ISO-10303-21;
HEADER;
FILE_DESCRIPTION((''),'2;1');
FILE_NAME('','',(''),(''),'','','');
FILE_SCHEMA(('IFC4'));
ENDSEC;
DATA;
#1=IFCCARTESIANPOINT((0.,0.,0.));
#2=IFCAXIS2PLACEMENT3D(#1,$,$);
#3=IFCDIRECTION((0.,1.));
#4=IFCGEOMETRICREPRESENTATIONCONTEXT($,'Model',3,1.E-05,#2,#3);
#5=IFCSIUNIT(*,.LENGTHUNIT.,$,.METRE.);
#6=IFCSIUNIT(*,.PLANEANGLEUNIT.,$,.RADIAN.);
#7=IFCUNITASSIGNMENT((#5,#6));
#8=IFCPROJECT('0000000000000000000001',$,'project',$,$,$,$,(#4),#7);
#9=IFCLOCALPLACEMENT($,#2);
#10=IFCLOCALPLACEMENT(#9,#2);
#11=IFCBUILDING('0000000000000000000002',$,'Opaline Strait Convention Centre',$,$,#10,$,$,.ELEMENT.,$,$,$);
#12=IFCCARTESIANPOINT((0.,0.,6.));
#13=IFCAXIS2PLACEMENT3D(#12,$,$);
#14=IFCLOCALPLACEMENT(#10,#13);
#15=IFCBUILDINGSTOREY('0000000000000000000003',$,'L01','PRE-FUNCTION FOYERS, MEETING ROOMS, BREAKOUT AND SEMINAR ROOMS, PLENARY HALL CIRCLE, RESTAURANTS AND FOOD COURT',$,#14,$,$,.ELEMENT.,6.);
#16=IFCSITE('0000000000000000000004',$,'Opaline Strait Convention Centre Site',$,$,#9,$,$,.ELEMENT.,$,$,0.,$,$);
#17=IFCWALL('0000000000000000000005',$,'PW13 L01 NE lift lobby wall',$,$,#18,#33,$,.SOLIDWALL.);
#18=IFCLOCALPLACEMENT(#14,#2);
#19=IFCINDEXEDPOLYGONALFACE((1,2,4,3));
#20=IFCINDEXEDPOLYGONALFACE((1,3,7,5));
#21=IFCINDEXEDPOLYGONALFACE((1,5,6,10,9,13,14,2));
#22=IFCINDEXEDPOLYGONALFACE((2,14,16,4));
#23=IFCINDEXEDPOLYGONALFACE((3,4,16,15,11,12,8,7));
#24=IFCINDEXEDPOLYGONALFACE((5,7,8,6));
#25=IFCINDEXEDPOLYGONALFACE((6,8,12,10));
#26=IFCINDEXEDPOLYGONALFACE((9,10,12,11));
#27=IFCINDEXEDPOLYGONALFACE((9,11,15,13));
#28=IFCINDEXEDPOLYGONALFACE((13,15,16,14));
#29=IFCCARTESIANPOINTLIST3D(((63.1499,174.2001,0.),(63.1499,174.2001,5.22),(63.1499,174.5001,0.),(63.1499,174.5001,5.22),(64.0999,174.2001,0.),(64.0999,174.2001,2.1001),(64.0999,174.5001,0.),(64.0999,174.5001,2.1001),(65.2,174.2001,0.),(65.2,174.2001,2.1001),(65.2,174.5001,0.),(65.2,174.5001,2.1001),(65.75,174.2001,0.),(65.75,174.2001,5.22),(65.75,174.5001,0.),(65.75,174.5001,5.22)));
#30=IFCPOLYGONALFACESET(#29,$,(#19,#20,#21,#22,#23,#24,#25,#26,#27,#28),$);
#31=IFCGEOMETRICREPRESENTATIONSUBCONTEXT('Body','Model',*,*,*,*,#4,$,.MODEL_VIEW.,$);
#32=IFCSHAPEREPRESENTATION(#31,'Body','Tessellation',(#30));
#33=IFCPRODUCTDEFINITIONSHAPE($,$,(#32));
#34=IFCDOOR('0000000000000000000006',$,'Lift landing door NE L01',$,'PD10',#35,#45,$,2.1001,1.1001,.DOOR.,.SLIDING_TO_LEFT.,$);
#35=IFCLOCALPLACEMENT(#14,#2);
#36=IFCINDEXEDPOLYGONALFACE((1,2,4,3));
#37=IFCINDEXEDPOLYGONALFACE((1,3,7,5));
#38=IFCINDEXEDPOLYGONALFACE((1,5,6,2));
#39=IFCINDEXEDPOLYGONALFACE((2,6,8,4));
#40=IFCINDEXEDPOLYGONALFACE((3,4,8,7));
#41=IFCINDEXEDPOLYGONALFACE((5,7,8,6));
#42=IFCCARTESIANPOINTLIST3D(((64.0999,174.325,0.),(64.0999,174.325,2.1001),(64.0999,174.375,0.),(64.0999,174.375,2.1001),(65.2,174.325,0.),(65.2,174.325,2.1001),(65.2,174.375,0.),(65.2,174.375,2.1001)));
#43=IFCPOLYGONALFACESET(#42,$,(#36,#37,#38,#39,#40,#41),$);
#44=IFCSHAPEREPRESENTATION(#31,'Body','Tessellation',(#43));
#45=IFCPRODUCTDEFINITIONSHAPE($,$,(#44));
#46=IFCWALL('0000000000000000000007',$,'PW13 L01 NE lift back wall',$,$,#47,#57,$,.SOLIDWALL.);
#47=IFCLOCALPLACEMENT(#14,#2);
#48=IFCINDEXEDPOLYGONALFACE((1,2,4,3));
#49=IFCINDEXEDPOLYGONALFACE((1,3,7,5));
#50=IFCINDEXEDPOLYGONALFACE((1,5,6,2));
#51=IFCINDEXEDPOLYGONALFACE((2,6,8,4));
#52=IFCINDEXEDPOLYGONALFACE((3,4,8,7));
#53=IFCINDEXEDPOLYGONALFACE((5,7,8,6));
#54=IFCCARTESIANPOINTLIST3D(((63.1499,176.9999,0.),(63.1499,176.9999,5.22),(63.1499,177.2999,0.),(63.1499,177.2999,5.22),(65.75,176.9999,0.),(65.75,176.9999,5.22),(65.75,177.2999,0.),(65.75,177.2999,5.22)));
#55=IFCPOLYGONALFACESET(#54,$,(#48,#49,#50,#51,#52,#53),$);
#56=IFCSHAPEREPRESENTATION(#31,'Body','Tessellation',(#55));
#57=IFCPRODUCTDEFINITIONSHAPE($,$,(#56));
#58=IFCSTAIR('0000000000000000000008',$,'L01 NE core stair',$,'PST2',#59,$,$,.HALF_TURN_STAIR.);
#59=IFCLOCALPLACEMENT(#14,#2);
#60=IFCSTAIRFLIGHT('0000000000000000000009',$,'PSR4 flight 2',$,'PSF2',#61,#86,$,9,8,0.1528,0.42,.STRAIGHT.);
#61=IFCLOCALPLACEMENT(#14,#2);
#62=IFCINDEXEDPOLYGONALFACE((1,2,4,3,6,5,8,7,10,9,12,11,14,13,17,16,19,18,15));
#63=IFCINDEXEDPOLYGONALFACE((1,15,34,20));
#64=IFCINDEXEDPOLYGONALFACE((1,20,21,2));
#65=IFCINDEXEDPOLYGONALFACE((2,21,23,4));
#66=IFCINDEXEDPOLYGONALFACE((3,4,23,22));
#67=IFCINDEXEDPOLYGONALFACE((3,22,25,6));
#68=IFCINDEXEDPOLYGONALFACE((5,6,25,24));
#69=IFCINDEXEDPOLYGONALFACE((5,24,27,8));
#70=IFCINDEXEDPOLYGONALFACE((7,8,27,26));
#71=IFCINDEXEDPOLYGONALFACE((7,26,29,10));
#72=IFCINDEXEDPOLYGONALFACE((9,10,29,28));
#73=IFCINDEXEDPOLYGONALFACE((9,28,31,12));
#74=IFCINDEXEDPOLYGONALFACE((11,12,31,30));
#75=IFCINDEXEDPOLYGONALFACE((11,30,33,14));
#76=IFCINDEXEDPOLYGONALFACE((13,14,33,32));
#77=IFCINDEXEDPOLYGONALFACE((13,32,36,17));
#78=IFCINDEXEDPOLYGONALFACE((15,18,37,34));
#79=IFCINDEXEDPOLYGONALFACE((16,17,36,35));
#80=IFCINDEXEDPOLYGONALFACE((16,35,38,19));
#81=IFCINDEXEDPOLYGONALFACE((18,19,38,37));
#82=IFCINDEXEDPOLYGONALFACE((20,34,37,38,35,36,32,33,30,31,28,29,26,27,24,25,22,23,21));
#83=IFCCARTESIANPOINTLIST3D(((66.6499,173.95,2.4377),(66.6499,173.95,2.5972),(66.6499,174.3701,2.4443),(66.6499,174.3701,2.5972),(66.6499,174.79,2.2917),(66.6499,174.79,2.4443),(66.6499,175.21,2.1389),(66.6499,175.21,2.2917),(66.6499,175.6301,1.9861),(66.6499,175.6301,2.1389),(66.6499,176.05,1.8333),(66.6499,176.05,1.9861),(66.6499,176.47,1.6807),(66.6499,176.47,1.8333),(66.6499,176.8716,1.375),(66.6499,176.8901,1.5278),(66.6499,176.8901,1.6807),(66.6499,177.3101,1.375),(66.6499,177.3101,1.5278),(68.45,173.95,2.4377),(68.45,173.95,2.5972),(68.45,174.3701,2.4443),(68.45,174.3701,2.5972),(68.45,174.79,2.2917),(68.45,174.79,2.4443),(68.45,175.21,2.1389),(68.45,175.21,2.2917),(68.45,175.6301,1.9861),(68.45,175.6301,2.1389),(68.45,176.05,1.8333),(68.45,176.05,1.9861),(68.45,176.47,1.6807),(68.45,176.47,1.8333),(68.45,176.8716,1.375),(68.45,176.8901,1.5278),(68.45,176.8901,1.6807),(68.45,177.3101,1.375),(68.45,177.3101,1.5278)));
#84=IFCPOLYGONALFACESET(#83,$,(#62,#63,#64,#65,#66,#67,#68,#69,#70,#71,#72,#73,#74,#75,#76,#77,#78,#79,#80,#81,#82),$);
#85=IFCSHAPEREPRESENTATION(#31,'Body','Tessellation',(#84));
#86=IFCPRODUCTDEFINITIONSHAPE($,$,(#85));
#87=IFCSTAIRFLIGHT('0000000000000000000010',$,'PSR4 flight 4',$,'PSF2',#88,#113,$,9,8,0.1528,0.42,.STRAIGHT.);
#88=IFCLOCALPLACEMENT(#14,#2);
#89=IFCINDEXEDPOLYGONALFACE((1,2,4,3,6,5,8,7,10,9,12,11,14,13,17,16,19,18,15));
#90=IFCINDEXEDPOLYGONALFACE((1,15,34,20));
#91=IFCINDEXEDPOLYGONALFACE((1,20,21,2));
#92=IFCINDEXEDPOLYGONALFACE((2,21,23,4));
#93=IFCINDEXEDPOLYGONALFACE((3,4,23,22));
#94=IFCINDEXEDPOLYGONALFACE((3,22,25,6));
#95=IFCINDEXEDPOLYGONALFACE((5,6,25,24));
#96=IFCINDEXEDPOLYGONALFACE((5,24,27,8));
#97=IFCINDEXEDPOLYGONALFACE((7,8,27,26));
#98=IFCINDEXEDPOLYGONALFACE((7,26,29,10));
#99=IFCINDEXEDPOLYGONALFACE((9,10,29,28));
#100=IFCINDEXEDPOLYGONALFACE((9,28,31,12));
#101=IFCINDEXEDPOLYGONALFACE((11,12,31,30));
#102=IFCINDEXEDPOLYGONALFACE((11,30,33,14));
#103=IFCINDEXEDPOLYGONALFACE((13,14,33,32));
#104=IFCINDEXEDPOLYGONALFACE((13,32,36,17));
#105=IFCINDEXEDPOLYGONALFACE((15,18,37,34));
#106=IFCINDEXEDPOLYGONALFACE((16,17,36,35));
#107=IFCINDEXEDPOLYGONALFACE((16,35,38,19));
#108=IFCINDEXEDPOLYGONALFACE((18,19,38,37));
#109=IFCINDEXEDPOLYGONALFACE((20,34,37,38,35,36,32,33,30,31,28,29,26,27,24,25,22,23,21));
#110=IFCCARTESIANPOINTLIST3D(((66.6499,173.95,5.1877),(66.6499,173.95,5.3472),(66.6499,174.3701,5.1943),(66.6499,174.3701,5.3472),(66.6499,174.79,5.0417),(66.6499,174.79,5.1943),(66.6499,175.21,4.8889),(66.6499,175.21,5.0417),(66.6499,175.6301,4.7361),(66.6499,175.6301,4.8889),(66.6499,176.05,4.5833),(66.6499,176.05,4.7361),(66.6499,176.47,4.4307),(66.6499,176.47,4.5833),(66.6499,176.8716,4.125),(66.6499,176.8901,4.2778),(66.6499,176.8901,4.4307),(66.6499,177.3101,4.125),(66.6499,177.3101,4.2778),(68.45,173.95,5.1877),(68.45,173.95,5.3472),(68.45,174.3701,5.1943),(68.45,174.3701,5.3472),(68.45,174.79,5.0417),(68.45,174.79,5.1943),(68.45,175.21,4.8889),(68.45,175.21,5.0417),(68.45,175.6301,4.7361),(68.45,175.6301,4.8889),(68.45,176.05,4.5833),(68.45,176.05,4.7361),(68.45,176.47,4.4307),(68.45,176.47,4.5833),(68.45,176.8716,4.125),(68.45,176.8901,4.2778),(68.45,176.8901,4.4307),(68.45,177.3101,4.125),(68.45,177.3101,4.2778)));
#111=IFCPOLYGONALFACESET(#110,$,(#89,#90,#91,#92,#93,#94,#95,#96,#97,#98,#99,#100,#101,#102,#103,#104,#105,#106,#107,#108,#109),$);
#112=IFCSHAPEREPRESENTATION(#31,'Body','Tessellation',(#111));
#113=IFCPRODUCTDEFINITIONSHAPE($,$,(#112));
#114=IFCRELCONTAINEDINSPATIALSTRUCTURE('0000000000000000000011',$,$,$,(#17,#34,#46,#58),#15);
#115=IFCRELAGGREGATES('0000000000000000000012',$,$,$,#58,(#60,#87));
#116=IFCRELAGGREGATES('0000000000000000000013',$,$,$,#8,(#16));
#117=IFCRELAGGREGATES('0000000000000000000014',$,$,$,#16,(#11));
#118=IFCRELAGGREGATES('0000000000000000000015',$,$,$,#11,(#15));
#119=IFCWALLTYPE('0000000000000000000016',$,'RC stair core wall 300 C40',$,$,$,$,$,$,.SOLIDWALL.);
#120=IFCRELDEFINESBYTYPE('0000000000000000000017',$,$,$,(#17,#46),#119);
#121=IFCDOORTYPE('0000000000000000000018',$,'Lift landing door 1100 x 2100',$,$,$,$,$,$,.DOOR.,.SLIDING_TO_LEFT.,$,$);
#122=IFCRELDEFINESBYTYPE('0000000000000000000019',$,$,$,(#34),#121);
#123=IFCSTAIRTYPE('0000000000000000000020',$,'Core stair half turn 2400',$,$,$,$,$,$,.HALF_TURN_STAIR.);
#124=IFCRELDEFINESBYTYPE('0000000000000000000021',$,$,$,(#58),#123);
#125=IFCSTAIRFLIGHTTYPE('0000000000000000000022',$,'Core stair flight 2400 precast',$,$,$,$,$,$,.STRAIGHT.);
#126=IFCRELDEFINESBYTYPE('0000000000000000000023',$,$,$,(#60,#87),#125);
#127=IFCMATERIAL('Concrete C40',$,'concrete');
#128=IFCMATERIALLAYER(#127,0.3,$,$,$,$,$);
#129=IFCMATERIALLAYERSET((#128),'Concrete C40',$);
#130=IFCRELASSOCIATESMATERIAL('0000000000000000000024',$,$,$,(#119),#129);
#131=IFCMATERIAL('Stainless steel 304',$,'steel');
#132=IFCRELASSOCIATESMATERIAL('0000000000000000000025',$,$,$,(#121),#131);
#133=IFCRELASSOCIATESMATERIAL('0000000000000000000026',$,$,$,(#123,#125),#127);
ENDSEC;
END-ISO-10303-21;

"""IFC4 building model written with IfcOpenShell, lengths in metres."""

from ifc_helpers import new_model, si_unit, direction, frame, frame_2d, origin, place, context, subcontext, project, spatial, polyline, rectangle, outline, extrude, material, layer, layer_set, type_object, element, fill, aggregate, save


model = new_model("IFC4")

# Units and contexts
model_context = context("Model", 3, precision=1e-05, world=origin(), true_north=direction((0.0, 1.0)))
body_context = subcontext(model_context, "Body", "Model", "MODEL_VIEW")
ifc_project = project(units=[si_unit("LENGTHUNIT", "METRE"), si_unit("PLANEANGLEUNIT", "RADIAN")], contexts=[model_context])

# Site, building, storey
site_placement = place(None, origin())
site = spatial("IfcSite", under=ifc_project, at=site_placement, Name="Opaline Strait Convention Centre Site", CompositionType="ELEMENT", RefElevation=0.0)
building_placement = place(site_placement, origin())
building = spatial("IfcBuilding", under=site, at=building_placement, Name="Opaline Strait Convention Centre", CompositionType="ELEMENT")
storey_placement = place(building_placement, frame((0.0, 0.0, 6.0)))
storey = spatial("IfcBuildingStorey", under=building, at=storey_placement, Name="L01", Description="PRE-FUNCTION FOYERS, MEETING ROOMS, BREAKOUT AND SEMINAR ROOMS, PLENARY HALL CIRCLE, RESTAURANTS AND FOOD COURT", CompositionType="ELEMENT", Elevation=6.0)

# Shared definitions
ifc_material_1 = material(Name="Concrete C40", Category="concrete")

# Shared definitions
ifc_layer_1 = layer(ifc_material_1, 0.3)
ifc_layer_set_1 = layer_set([ifc_layer_1], Name="Concrete C40")
wall_type = type_object("IfcWallType", Name="RC stair core wall 300 C40", PredefinedType="SOLIDWALL", material=ifc_layer_set_1)

# Wall, opening, door
wall_1_placement = place(storey_placement, frame((63.1499, 174.3501, 0.0), z_axis=(0.0, 0.0, 1.0), x_axis=(1.0, 0.0, 0.0)))
wall_1 = element("IfcWall", 1, at=wall_1_placement, inside=storey, type_object=wall_type, Name="PW13 L01 NE lift lobby wall", PredefinedType="SOLIDWALL", context=body_context, shape_type="SweptSolid", body=[
    extrude(rectangle(XDim=2.6001, YDim=0.3, at=frame_2d((1.3, 0.0))), origin(), (0.0, 0.0, 1.0), 5.22),
])
opening_1_placement = place(wall_1_placement, frame((0.95, 0.0, 0.0)))
opening_1 = element("IfcOpeningElement", 2, at=opening_1_placement, cuts=wall_1, PredefinedType="OPENING", context=body_context, shape_type="SweptSolid", body=[
    extrude(rectangle(XDim=1.1001, YDim=2.1001, at=frame_2d((0.55, 1.05))), frame((0.0, 0.1599, 0.0), z_axis=(0.0, -1.0, 0.0), x_axis=(1.0, 0.0, 0.0)), (0.0, 0.0, 1.0), 0.3201),
])
ifc_material_2 = material(Name="Stainless steel 304", Category="steel")
door_type_1 = type_object("IfcDoorType", Name="Lift landing door 1100 x 2100", OperationType="SLIDING_TO_LEFT", PredefinedType="DOOR", material=ifc_material_2)
door_1_placement = place(opening_1_placement, origin())
door_1 = element("IfcDoor", 3, at=door_1_placement, inside=storey, type_object=door_type_1, Name="Lift landing door NE L01", ObjectType="PD10", OperationType="SLIDING_TO_LEFT", OverallHeight=2.1001, OverallWidth=1.1001, PredefinedType="DOOR", context=body_context, shape_type="SweptSolid", body=[
    extrude(rectangle(XDim=1.1001, YDim=2.1001, at=frame_2d((0.55, 1.05))), frame((0.0, 0.0249, 0.0), z_axis=(0.0, -1.0, 0.0), x_axis=(1.0, 0.0, 0.0)), (0.0, 0.0, 1.0), 0.05),
])
fill(opening_1, door_1)

# Wall
wall_2_placement = place(storey_placement, frame((63.1499, 177.1499, 0.0), z_axis=(0.0, 0.0, 1.0), x_axis=(1.0, 0.0, 0.0)))
element("IfcWall", 4, at=wall_2_placement, inside=storey, type_object=wall_type, Name="PW13 L01 NE lift back wall", PredefinedType="SOLIDWALL", context=body_context, shape_type="SweptSolid", body=[
    extrude(rectangle(XDim=2.6001, YDim=0.3, at=frame_2d((1.3, 0.0))), origin(), (0.0, 0.0, 1.0), 5.22),
])

# Stair, stair flights
stair_type = type_object("IfcStairType", Name="Core stair half turn 2400", PredefinedType="HALF_TURN_STAIR", material=ifc_material_1)
stair_placement = place(storey_placement, origin())
stair = element("IfcStair", 5, at=stair_placement, inside=storey, type_object=stair_type, Name="L01 NE core stair", ObjectType="PST2", PredefinedType="HALF_TURN_STAIR")
stair_flight_type = type_object("IfcStairFlightType", Name="Core stair flight 2400 precast", PredefinedType="STRAIGHT", material=ifc_material_1)
stair_flight_1_placement = place(storey_placement, frame((67.55, 177.3101, 1.375), z_axis=(0.0, 0.0, 1.0), x_axis=(0.0, -1.0, 0.0)))
stair_flight_1 = element("IfcStairFlight", 6, at=stair_flight_1_placement, type_object=stair_flight_type, Name="PSR4 flight 2", ObjectType="PSF2", NumberOfRisers=9, NumberOfTreads=8, PredefinedType="STRAIGHT", RiserHeight=0.1528, TreadLength=0.42, context=body_context, shape_type="SweptSolid", body=[
    extrude(outline(polyline([(0.0, 0.0), (0.0, 0.1528), (0.4199, 0.1528), (0.4199, 0.3057), (0.8401, 0.3057), (0.8401, 0.4583), (1.26, 0.4583), (1.26, 0.6111), (1.6799, 0.6111), (1.6799, 0.7639), (2.1001, 0.7639), (2.1001, 0.9167), (2.52, 0.9167), (2.52, 1.0693), (2.9399, 1.0693), (2.9399, 1.2222), (3.3601, 1.2222), (3.3601, 1.375), (3.3601, 1.0627), (0.4385, 0.0), (0.0, 0.0)])), frame((0.0, 0.8999, 0.0), z_axis=(0.0, -1.0, 0.0), x_axis=(1.0, 0.0, 0.0)), (0.0, 0.0, 1.0), 1.8),
])
stair_flight_2_placement = place(storey_placement, frame((67.55, 177.3101, 4.125), z_axis=(0.0, 0.0, 1.0), x_axis=(0.0, -1.0, 0.0)))
stair_flight_2 = element("IfcStairFlight", 7, at=stair_flight_2_placement, type_object=stair_flight_type, Name="PSR4 flight 4", ObjectType="PSF2", NumberOfRisers=9, NumberOfTreads=8, PredefinedType="STRAIGHT", RiserHeight=0.1528, TreadLength=0.42, context=body_context, shape_type="SweptSolid", body=[
    extrude(outline(polyline([(0.0, 0.0), (0.0, 0.1528), (0.4199, 0.1528), (0.4199, 0.3057), (0.8401, 0.3057), (0.8401, 0.4583), (1.26, 0.4583), (1.26, 0.6111), (1.6799, 0.6111), (1.6799, 0.7639), (2.1001, 0.7639), (2.1001, 0.9167), (2.52, 0.9167), (2.52, 1.0693), (2.9399, 1.0693), (2.9399, 1.2222), (3.3601, 1.2222), (3.3601, 1.375), (3.3601, 1.0627), (0.4385, 0.0), (0.0, 0.0)])), frame((0.0, 0.8999, 0.0), z_axis=(0.0, -1.0, 0.0), x_axis=(1.0, 0.0, 0.0)), (0.0, 0.0, 1.0), 1.8),
])
aggregate(stair, [stair_flight_1, stair_flight_2])

save(model, "model.ifc")
